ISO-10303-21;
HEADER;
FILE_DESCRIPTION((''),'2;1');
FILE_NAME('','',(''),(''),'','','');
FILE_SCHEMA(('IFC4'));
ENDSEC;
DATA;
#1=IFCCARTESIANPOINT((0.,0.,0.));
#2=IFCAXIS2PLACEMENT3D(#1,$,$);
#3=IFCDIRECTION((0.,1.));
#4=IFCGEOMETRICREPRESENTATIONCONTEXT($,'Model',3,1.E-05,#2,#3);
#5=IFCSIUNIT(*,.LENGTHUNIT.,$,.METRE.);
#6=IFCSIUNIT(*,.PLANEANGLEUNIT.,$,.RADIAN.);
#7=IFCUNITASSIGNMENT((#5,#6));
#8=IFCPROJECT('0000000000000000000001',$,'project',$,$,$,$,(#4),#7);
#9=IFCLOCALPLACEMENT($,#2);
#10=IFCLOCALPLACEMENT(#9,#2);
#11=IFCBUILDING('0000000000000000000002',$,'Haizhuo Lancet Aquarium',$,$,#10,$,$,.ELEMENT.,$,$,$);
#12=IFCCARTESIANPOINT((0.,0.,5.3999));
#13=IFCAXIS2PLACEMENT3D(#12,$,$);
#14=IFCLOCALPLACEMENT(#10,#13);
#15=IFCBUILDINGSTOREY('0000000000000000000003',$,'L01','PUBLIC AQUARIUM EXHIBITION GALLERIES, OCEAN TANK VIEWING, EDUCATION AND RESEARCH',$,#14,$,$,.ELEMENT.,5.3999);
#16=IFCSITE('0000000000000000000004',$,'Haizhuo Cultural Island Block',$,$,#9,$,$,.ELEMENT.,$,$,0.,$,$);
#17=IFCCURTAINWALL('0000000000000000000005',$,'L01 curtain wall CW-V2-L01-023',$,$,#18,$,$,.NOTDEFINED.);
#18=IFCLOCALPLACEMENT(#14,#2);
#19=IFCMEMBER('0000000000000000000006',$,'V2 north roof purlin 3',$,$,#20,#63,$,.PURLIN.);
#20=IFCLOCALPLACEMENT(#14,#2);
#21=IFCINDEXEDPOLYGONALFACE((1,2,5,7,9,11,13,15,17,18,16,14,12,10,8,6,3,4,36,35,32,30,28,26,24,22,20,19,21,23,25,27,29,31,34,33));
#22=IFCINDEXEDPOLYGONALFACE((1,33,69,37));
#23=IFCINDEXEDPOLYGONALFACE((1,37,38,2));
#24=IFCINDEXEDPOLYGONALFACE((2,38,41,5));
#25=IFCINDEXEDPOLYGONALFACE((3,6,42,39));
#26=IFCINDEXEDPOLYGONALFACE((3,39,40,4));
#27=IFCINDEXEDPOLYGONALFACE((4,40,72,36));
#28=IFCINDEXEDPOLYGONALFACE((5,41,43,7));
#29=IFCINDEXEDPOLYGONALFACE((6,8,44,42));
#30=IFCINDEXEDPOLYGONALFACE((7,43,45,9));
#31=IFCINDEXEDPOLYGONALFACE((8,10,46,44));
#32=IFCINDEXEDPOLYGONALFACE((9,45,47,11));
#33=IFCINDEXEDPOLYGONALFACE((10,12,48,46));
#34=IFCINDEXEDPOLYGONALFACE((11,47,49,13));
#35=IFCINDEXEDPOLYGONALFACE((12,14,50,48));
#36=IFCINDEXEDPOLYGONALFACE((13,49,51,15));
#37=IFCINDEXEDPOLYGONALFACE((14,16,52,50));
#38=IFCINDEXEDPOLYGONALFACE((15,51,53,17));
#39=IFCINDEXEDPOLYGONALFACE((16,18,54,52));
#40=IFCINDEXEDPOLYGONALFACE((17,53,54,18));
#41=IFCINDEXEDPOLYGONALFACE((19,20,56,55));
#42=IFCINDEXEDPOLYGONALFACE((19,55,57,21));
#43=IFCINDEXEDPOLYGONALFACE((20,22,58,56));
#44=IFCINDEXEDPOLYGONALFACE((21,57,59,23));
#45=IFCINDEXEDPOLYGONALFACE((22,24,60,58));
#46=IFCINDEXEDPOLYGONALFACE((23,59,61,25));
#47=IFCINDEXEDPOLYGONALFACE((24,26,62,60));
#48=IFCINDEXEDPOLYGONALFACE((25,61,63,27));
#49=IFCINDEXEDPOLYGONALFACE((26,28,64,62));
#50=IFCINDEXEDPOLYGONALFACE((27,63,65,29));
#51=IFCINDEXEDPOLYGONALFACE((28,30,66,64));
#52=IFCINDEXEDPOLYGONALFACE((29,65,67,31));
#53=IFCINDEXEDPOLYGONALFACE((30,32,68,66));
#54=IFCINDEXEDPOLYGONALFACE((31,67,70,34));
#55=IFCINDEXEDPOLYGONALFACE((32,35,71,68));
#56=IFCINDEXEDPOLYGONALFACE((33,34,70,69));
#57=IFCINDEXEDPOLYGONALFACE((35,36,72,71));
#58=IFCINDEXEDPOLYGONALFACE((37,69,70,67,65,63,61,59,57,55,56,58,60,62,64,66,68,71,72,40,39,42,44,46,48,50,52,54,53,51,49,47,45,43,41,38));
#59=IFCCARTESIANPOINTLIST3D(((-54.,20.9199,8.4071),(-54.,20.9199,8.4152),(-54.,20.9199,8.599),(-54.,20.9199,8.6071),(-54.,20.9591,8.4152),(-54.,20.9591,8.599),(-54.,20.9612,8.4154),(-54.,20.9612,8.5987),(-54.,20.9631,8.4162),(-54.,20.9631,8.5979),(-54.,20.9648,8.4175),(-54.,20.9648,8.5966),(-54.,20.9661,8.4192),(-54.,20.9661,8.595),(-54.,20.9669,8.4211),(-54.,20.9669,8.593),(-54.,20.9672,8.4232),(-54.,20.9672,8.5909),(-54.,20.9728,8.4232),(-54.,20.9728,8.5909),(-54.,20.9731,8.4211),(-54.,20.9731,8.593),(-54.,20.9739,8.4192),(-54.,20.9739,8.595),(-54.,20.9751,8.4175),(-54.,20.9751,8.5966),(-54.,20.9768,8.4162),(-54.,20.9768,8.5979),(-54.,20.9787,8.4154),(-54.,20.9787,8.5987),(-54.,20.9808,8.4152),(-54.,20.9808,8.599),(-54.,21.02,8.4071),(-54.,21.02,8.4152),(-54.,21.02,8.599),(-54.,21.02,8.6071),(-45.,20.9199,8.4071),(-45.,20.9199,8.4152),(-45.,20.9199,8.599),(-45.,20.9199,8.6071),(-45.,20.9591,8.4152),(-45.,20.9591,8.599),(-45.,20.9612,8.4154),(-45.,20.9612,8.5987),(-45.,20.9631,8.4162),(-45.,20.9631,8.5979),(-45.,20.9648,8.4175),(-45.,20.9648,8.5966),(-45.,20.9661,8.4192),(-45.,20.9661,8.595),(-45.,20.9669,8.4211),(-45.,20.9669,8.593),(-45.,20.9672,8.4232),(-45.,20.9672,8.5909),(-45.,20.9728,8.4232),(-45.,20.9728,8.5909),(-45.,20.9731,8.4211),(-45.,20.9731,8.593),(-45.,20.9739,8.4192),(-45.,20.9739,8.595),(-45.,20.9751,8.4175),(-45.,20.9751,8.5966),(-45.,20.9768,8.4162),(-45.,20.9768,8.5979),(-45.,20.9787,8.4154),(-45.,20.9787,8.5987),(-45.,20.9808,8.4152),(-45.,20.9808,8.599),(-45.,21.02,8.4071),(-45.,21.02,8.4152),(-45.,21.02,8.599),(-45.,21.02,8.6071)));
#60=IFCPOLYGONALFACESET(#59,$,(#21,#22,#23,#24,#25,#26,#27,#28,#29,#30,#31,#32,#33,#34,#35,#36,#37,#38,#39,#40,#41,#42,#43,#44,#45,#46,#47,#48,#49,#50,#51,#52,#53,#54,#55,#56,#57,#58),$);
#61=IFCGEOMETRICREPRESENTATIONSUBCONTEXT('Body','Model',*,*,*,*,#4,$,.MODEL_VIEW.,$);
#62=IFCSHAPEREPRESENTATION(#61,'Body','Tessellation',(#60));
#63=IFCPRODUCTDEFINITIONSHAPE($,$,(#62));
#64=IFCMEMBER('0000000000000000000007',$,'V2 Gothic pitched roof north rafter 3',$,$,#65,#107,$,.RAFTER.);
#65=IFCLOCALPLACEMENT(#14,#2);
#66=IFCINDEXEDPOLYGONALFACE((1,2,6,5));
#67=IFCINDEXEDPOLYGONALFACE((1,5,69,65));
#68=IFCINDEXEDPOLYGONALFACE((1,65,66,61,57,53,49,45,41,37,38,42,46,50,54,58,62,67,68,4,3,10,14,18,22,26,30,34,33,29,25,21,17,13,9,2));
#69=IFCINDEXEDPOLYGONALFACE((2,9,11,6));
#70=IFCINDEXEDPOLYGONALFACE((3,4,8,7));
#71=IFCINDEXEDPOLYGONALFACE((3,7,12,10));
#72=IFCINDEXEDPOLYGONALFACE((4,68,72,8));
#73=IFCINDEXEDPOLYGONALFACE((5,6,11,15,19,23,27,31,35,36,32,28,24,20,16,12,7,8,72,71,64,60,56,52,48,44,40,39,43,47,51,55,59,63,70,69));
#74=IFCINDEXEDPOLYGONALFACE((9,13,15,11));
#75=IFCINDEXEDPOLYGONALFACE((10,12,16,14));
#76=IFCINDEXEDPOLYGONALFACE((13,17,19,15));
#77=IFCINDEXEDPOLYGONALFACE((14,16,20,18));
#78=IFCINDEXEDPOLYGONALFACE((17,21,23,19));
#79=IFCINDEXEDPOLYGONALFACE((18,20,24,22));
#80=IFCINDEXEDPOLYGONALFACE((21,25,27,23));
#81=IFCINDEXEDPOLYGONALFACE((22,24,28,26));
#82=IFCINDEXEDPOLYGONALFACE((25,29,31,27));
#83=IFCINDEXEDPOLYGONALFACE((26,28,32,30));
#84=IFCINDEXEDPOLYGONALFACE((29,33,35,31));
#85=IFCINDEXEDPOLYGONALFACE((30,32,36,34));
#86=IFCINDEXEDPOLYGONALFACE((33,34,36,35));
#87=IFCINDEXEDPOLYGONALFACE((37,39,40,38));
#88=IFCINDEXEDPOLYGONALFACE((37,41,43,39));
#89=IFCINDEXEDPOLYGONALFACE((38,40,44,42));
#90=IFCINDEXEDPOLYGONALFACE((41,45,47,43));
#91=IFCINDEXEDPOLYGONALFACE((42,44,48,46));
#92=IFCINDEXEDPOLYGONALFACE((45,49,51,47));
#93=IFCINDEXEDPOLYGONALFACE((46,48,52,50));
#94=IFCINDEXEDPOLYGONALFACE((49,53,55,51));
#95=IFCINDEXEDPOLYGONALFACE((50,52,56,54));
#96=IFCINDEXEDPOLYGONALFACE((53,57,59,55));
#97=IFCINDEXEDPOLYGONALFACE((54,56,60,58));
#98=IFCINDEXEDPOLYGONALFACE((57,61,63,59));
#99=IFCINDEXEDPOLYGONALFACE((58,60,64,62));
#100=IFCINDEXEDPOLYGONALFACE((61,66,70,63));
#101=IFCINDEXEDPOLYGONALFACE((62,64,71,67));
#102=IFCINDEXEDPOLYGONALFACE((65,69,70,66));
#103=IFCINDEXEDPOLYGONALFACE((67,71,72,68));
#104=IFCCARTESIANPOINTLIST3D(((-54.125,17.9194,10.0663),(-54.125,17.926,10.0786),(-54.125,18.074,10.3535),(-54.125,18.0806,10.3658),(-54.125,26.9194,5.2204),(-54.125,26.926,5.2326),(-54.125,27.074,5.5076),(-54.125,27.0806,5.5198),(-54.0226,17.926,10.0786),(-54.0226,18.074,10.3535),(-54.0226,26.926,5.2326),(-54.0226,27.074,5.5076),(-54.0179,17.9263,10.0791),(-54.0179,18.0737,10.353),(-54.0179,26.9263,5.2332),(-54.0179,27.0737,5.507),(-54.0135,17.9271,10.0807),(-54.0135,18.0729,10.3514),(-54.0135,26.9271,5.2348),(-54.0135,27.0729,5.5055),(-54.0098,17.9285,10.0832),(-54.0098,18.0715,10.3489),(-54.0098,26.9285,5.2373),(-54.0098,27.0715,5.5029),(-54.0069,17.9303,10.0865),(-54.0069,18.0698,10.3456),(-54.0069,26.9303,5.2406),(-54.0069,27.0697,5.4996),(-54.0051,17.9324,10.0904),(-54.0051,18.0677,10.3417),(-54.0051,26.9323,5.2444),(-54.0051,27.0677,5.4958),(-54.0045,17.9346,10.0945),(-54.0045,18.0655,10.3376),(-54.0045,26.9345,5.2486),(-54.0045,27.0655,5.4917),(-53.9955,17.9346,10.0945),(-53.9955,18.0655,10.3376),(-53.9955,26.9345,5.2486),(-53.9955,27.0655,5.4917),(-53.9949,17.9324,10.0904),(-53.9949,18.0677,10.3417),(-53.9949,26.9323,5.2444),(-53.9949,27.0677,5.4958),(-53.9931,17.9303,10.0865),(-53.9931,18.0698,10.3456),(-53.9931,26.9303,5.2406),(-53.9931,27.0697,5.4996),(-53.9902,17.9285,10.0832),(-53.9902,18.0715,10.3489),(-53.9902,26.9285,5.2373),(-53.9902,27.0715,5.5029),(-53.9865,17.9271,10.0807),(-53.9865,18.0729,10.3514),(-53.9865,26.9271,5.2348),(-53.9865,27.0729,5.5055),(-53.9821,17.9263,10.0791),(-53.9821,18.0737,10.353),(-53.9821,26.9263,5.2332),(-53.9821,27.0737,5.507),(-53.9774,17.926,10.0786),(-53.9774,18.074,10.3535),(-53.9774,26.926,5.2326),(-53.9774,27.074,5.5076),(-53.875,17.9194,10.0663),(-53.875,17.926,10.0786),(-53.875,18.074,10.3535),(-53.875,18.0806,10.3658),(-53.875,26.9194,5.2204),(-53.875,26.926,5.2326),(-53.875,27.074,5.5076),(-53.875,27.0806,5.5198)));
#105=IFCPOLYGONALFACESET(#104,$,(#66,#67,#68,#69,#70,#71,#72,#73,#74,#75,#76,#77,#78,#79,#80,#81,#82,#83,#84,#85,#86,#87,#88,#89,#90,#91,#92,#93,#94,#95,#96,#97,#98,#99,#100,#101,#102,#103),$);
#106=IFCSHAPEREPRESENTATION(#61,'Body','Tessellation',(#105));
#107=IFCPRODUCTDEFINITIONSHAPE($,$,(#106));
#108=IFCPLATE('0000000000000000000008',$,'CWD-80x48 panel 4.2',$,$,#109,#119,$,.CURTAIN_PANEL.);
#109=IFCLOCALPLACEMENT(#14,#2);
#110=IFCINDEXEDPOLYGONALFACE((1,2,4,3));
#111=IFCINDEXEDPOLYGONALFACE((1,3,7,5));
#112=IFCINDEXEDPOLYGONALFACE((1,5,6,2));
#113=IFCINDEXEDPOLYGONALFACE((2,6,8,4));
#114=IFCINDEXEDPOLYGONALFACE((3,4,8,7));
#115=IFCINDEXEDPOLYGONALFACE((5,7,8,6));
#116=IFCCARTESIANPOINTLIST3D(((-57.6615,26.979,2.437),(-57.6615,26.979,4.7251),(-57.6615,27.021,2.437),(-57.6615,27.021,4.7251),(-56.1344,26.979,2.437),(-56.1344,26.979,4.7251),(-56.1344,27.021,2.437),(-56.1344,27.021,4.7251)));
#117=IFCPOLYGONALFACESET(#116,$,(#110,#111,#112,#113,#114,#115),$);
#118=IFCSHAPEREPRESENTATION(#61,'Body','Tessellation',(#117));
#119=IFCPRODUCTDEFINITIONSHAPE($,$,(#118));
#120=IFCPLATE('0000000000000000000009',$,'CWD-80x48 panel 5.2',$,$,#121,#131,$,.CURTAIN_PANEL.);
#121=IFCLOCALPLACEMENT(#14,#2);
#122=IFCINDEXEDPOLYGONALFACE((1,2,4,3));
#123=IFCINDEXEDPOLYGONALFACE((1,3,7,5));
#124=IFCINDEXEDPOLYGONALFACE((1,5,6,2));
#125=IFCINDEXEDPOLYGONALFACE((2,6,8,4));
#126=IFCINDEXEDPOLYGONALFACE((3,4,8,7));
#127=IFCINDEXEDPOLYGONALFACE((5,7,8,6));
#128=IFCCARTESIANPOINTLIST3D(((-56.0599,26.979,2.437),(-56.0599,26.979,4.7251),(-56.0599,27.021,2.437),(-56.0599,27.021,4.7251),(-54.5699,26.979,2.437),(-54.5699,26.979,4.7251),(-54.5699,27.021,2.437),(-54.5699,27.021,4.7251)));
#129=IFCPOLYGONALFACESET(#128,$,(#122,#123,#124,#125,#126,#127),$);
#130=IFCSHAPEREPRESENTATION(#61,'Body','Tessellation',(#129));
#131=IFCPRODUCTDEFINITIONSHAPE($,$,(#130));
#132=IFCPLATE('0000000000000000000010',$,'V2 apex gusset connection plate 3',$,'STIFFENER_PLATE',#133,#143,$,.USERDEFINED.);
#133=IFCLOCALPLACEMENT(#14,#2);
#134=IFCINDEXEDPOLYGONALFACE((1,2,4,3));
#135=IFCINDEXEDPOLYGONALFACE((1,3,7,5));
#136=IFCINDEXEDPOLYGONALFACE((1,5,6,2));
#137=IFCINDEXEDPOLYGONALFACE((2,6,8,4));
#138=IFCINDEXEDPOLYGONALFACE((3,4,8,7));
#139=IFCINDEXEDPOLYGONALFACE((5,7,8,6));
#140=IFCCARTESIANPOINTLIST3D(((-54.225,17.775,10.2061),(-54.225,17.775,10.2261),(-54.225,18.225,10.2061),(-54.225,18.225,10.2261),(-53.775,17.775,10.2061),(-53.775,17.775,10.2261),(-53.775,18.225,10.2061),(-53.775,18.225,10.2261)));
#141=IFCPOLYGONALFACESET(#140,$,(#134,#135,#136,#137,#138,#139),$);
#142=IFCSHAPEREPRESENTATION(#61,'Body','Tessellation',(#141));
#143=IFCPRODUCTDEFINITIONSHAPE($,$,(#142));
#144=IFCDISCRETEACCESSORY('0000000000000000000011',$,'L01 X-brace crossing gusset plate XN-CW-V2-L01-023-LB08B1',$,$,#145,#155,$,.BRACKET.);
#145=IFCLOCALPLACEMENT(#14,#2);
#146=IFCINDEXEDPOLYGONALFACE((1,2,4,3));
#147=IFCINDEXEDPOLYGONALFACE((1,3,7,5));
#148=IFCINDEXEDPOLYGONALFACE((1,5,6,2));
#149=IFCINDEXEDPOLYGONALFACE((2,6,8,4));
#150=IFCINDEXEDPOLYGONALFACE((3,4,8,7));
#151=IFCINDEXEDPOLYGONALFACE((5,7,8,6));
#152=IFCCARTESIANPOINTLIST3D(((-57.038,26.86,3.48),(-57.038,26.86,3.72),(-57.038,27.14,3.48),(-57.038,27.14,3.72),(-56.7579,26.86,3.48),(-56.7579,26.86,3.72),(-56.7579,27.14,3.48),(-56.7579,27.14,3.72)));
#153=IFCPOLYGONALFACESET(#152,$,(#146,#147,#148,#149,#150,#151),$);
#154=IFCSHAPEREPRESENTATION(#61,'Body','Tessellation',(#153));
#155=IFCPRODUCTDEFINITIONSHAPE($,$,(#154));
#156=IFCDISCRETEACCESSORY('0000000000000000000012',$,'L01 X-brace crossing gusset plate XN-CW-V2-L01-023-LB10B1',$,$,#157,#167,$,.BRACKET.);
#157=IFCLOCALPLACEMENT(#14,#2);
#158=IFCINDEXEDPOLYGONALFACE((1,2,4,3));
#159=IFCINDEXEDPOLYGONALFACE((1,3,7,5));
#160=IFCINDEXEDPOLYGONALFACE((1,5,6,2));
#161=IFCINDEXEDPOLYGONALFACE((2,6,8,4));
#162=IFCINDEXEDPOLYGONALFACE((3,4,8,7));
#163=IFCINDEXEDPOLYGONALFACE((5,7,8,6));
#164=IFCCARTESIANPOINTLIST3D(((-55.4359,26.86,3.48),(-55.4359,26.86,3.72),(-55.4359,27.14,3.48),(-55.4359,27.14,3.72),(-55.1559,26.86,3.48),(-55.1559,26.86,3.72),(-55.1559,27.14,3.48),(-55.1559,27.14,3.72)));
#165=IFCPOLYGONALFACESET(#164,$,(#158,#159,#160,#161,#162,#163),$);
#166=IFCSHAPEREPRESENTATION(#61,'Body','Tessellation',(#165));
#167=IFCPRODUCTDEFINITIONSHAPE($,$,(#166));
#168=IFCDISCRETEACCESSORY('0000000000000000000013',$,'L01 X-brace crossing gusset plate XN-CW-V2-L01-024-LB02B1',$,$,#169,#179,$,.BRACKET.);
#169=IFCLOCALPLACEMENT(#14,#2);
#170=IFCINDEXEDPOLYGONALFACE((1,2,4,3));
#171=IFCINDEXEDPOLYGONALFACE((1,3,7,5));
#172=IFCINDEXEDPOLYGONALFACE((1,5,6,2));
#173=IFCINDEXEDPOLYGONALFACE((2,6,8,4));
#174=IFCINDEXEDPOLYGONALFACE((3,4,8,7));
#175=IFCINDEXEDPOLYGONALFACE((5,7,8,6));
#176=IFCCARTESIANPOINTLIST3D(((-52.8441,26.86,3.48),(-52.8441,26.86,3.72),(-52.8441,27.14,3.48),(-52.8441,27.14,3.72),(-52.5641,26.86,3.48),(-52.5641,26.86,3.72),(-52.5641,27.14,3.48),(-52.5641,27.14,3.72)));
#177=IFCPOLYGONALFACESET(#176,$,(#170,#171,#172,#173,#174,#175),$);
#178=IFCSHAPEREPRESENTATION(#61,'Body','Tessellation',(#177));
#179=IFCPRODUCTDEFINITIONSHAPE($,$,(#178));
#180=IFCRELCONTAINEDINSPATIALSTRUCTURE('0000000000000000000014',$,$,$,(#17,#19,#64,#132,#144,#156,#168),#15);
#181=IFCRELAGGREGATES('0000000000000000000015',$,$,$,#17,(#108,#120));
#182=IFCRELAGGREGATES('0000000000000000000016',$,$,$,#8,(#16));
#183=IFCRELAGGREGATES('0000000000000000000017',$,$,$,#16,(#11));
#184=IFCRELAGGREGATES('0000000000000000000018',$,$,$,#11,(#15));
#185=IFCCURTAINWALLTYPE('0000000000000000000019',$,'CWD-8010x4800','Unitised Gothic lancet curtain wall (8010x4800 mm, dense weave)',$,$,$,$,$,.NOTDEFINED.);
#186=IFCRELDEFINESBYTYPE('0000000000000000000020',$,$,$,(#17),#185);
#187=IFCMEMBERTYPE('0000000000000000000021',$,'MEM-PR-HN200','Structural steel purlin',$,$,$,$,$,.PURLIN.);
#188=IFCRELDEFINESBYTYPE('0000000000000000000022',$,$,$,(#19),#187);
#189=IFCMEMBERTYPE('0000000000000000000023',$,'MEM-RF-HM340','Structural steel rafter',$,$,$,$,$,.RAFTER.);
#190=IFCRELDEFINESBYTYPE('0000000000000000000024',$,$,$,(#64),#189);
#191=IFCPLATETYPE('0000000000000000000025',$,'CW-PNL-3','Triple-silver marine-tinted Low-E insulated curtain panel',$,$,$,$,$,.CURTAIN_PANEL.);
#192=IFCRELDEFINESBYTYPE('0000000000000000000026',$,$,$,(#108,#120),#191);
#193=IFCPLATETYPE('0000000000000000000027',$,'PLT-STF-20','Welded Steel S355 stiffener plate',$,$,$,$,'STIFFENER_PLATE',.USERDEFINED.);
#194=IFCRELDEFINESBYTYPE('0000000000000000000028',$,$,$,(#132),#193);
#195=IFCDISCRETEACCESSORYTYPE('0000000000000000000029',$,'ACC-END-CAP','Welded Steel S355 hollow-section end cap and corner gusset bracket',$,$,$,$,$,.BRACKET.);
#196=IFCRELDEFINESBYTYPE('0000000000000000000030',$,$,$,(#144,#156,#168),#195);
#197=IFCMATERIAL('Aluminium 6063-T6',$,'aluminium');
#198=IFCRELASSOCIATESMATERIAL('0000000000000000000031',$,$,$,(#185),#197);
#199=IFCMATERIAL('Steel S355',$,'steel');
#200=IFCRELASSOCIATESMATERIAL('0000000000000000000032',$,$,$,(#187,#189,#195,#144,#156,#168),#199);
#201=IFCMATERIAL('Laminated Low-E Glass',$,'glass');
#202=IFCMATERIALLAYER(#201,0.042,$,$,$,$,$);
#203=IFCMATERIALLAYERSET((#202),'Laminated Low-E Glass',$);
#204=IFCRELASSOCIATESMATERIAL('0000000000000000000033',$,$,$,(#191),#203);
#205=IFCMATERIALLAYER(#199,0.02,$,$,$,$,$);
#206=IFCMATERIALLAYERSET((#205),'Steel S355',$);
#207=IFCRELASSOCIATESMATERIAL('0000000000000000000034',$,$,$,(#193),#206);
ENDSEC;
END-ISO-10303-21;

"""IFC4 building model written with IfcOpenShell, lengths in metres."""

from ifc_helpers import new_model, si_unit, direction, frame, origin, origin_2d, place, context, subcontext, project, spatial, rectangle, i_section, extrude, material, layer, layer_set, material_profile, profile_set, type_object, element, aggregate, save


model = new_model("IFC4")

# Units and contexts
model_context = context("Model", 3, precision=1e-05, world=origin(), true_north=direction((0.0, 1.0)))
body_context = subcontext(model_context, "Body", "Model", "MODEL_VIEW")
ifc_project = project(units=[si_unit("LENGTHUNIT", "METRE"), si_unit("PLANEANGLEUNIT", "RADIAN")], contexts=[model_context])

# Site, building, storey
site_placement = place(None, origin())
site = spatial("IfcSite", under=ifc_project, at=site_placement, Name="Haizhuo Cultural Island Block", CompositionType="ELEMENT", RefElevation=0.0)
building_placement = place(site_placement, origin())
building = spatial("IfcBuilding", under=site, at=building_placement, Name="Haizhuo Lancet Aquarium", CompositionType="ELEMENT")
storey_placement = place(building_placement, frame((0.0, 0.0, 5.3999)))
storey = spatial("IfcBuildingStorey", under=building, at=storey_placement, Name="L01", Description="PUBLIC AQUARIUM EXHIBITION GALLERIES, OCEAN TANK VIEWING, EDUCATION AND RESEARCH", CompositionType="ELEMENT", Elevation=5.3999)

# Shared definitions
ifc_material_1 = material(Name="Steel S355", Category="steel")

# Curtain wall
ifc_material_2 = material(Name="Aluminium 6063-T6", Category="aluminium")
curtain_wall_type = type_object("IfcCurtainWallType", Name="CWD-8010x4800", Description="Unitised Gothic lancet curtain wall (8010x4800 mm, dense weave)", PredefinedType="NOTDEFINED", material=ifc_material_2)
curtain_wall_1_placement = place(storey_placement, origin())
curtain_wall_1 = element("IfcCurtainWall", 1, at=curtain_wall_1_placement, inside=storey, type_object=curtain_wall_type, Name="L01 curtain wall CW-V2-L01-023", PredefinedType="NOTDEFINED")

# Members
ifc_material_profile_1 = material_profile(ifc_material_1, i_section(OverallWidth=0.1001, OverallDepth=0.2, WebThickness=0.0056, FlangeThickness=0.0081, FilletRadius=0.0081, at=origin_2d()), Name="HN 200x100x5.5x8")
ifc_profile_set_1 = profile_set([ifc_material_profile_1], Name="Steel S355")
member_type_1 = type_object("IfcMemberType", Name="MEM-PR-HN200", Description="Structural steel purlin", PredefinedType="PURLIN", material=ifc_profile_set_1)
for number, where, z_axis, x_axis, name in (
    (2, (-54.0, 20.97, 8.5071), (1.0, 0.0, 0.0), (0.0, 1.0, 0.0), "V2 north roof purlin 3"),
):
    element("IfcMember", number, at=place(storey_placement, frame(where, z_axis=z_axis, x_axis=x_axis)), inside=storey, type_object=member_type_1, Name=name, PredefinedType="PURLIN", context=body_context, shape_type="SweptSolid", body=[
        extrude(i_section(OverallWidth=0.1001, OverallDepth=0.2, WebThickness=0.0056, FlangeThickness=0.0081, FilletRadius=0.0081, at=origin_2d()), origin(), (0.0, 0.0, 1.0), 9.0),
    ])
ifc_material_profile_2 = material_profile(ifc_material_1, i_section(OverallWidth=0.25, OverallDepth=0.3401, WebThickness=0.009, FlangeThickness=0.0139, FilletRadius=0.0181, at=origin_2d()), Name="HM 340x250x9x14")
ifc_profile_set_2 = profile_set([ifc_material_profile_2], Name="Steel S355")
member_type_2 = type_object("IfcMemberType", Name="MEM-RF-HM340", Description="Structural steel rafter", PredefinedType="RAFTER", material=ifc_profile_set_2)
member_1_placement = place(storey_placement, frame((-54.0, 27.0, 5.3701), z_axis=(0.0, -0.88048, 0.474084), x_axis=(1.0, 0.0, 0.0)))
element("IfcMember", 3, at=member_1_placement, inside=storey, type_object=member_type_2, Name="V2 Gothic pitched roof north rafter 3", PredefinedType="RAFTER", context=body_context, shape_type="SweptSolid", body=[
    extrude(i_section(OverallWidth=0.25, OverallDepth=0.3401, WebThickness=0.009, FlangeThickness=0.0139, FilletRadius=0.0181, at=origin_2d()), origin(), (0.0, 0.0, 1.0), 10.2217),
])

# Plates
ifc_material_3 = material(Name="Laminated Low-E Glass", Category="glass")
ifc_layer_1 = layer(ifc_material_3, 0.042)
ifc_layer_set_1 = layer_set([ifc_layer_1], Name="Laminated Low-E Glass")
plate_type_1 = type_object("IfcPlateType", Name="CW-PNL-3", Description="Triple-silver marine-tinted Low-E insulated curtain panel", PredefinedType="CURTAIN_PANEL", material=ifc_layer_set_1)
plate_1_placement = place(storey_placement, frame((-56.8979, 27.0, 2.437), z_axis=(0.0, 0.0, 1.0), x_axis=(1.0, 0.0, 0.0)))
plate_1 = element("IfcPlate", 4, at=plate_1_placement, type_object=plate_type_1, Name="CWD-80x48 panel 4.2", PredefinedType="CURTAIN_PANEL", context=body_context, shape_type="SweptSolid", body=[
    extrude(rectangle(XDim=1.5271, YDim=0.042, at=origin_2d()), origin(), (0.0, 0.0, 1.0), 2.2881),
])
plate_2_placement = place(storey_placement, frame((-55.3149, 27.0, 2.437), z_axis=(0.0, 0.0, 1.0), x_axis=(1.0, 0.0, 0.0)))
plate_2 = element("IfcPlate", 5, at=plate_2_placement, type_object=plate_type_1, Name="CWD-80x48 panel 5.2", PredefinedType="CURTAIN_PANEL", context=body_context, shape_type="SweptSolid", body=[
    extrude(rectangle(XDim=1.49, YDim=0.042, at=origin_2d()), origin(), (0.0, 0.0, 1.0), 2.2881),
])
aggregate(curtain_wall_1, [plate_1, plate_2])
ifc_layer_2 = layer(ifc_material_1, 0.02)
ifc_layer_set_2 = layer_set([ifc_layer_2], Name="Steel S355")
plate_type_2 = type_object("IfcPlateType", Name="PLT-STF-20", Description="Welded Steel S355 stiffener plate", ElementType="STIFFENER_PLATE", PredefinedType="USERDEFINED", material=ifc_layer_set_2)
plate_3_placement = place(storey_placement, frame((-54.0, 18.0, 10.2061), z_axis=(0.0, 0.0, 1.0), x_axis=(1.0, 0.0, 0.0)))
element("IfcPlate", 6, at=plate_3_placement, inside=storey, type_object=plate_type_2, Name="V2 apex gusset connection plate 3", ObjectType="STIFFENER_PLATE", PredefinedType="USERDEFINED", context=body_context, shape_type="SweptSolid", body=[
    extrude(rectangle(XDim=0.45, YDim=0.45, at=origin_2d()), origin(), (0.0, 0.0, 1.0), 0.02),
])

# Discrete accessories
discrete_accessory_type = type_object("IfcDiscreteAccessoryType", Name="ACC-END-CAP", Description="Welded Steel S355 hollow-section end cap and corner gusset bracket", PredefinedType="BRACKET", material=ifc_material_1)
for number, where, z_axis, x_axis, name in (
    (7, (-56.8979, 27.0, 3.48), (0.0, 0.0, 1.0), (1.0, 0.0, 0.0), "L01 X-brace crossing gusset plate XN-CW-V2-L01-023-LB08B1"),
    (8, (-55.2959, 27.0, 3.48), (0.0, 0.0, 1.0), (1.0, 0.0, 0.0), "L01 X-brace crossing gusset plate XN-CW-V2-L01-023-LB10B1"),
    (9, (-52.7041, 27.0, 3.48), (0.0, 0.0, 1.0), (1.0, 0.0, 0.0), "L01 X-brace crossing gusset plate XN-CW-V2-L01-024-LB02B1"),
):
    element("IfcDiscreteAccessory", number, at=place(storey_placement, frame(where, z_axis=z_axis, x_axis=x_axis)), inside=storey, type_object=discrete_accessory_type, material=ifc_material_1, Name=name, PredefinedType="BRACKET", context=body_context, shape_type="SweptSolid", body=[
        extrude(rectangle(XDim=0.28, YDim=0.28, at=origin_2d()), origin(), (0.0, 0.0, 1.0), 0.24),
    ])

save(model, "model.ifc")
